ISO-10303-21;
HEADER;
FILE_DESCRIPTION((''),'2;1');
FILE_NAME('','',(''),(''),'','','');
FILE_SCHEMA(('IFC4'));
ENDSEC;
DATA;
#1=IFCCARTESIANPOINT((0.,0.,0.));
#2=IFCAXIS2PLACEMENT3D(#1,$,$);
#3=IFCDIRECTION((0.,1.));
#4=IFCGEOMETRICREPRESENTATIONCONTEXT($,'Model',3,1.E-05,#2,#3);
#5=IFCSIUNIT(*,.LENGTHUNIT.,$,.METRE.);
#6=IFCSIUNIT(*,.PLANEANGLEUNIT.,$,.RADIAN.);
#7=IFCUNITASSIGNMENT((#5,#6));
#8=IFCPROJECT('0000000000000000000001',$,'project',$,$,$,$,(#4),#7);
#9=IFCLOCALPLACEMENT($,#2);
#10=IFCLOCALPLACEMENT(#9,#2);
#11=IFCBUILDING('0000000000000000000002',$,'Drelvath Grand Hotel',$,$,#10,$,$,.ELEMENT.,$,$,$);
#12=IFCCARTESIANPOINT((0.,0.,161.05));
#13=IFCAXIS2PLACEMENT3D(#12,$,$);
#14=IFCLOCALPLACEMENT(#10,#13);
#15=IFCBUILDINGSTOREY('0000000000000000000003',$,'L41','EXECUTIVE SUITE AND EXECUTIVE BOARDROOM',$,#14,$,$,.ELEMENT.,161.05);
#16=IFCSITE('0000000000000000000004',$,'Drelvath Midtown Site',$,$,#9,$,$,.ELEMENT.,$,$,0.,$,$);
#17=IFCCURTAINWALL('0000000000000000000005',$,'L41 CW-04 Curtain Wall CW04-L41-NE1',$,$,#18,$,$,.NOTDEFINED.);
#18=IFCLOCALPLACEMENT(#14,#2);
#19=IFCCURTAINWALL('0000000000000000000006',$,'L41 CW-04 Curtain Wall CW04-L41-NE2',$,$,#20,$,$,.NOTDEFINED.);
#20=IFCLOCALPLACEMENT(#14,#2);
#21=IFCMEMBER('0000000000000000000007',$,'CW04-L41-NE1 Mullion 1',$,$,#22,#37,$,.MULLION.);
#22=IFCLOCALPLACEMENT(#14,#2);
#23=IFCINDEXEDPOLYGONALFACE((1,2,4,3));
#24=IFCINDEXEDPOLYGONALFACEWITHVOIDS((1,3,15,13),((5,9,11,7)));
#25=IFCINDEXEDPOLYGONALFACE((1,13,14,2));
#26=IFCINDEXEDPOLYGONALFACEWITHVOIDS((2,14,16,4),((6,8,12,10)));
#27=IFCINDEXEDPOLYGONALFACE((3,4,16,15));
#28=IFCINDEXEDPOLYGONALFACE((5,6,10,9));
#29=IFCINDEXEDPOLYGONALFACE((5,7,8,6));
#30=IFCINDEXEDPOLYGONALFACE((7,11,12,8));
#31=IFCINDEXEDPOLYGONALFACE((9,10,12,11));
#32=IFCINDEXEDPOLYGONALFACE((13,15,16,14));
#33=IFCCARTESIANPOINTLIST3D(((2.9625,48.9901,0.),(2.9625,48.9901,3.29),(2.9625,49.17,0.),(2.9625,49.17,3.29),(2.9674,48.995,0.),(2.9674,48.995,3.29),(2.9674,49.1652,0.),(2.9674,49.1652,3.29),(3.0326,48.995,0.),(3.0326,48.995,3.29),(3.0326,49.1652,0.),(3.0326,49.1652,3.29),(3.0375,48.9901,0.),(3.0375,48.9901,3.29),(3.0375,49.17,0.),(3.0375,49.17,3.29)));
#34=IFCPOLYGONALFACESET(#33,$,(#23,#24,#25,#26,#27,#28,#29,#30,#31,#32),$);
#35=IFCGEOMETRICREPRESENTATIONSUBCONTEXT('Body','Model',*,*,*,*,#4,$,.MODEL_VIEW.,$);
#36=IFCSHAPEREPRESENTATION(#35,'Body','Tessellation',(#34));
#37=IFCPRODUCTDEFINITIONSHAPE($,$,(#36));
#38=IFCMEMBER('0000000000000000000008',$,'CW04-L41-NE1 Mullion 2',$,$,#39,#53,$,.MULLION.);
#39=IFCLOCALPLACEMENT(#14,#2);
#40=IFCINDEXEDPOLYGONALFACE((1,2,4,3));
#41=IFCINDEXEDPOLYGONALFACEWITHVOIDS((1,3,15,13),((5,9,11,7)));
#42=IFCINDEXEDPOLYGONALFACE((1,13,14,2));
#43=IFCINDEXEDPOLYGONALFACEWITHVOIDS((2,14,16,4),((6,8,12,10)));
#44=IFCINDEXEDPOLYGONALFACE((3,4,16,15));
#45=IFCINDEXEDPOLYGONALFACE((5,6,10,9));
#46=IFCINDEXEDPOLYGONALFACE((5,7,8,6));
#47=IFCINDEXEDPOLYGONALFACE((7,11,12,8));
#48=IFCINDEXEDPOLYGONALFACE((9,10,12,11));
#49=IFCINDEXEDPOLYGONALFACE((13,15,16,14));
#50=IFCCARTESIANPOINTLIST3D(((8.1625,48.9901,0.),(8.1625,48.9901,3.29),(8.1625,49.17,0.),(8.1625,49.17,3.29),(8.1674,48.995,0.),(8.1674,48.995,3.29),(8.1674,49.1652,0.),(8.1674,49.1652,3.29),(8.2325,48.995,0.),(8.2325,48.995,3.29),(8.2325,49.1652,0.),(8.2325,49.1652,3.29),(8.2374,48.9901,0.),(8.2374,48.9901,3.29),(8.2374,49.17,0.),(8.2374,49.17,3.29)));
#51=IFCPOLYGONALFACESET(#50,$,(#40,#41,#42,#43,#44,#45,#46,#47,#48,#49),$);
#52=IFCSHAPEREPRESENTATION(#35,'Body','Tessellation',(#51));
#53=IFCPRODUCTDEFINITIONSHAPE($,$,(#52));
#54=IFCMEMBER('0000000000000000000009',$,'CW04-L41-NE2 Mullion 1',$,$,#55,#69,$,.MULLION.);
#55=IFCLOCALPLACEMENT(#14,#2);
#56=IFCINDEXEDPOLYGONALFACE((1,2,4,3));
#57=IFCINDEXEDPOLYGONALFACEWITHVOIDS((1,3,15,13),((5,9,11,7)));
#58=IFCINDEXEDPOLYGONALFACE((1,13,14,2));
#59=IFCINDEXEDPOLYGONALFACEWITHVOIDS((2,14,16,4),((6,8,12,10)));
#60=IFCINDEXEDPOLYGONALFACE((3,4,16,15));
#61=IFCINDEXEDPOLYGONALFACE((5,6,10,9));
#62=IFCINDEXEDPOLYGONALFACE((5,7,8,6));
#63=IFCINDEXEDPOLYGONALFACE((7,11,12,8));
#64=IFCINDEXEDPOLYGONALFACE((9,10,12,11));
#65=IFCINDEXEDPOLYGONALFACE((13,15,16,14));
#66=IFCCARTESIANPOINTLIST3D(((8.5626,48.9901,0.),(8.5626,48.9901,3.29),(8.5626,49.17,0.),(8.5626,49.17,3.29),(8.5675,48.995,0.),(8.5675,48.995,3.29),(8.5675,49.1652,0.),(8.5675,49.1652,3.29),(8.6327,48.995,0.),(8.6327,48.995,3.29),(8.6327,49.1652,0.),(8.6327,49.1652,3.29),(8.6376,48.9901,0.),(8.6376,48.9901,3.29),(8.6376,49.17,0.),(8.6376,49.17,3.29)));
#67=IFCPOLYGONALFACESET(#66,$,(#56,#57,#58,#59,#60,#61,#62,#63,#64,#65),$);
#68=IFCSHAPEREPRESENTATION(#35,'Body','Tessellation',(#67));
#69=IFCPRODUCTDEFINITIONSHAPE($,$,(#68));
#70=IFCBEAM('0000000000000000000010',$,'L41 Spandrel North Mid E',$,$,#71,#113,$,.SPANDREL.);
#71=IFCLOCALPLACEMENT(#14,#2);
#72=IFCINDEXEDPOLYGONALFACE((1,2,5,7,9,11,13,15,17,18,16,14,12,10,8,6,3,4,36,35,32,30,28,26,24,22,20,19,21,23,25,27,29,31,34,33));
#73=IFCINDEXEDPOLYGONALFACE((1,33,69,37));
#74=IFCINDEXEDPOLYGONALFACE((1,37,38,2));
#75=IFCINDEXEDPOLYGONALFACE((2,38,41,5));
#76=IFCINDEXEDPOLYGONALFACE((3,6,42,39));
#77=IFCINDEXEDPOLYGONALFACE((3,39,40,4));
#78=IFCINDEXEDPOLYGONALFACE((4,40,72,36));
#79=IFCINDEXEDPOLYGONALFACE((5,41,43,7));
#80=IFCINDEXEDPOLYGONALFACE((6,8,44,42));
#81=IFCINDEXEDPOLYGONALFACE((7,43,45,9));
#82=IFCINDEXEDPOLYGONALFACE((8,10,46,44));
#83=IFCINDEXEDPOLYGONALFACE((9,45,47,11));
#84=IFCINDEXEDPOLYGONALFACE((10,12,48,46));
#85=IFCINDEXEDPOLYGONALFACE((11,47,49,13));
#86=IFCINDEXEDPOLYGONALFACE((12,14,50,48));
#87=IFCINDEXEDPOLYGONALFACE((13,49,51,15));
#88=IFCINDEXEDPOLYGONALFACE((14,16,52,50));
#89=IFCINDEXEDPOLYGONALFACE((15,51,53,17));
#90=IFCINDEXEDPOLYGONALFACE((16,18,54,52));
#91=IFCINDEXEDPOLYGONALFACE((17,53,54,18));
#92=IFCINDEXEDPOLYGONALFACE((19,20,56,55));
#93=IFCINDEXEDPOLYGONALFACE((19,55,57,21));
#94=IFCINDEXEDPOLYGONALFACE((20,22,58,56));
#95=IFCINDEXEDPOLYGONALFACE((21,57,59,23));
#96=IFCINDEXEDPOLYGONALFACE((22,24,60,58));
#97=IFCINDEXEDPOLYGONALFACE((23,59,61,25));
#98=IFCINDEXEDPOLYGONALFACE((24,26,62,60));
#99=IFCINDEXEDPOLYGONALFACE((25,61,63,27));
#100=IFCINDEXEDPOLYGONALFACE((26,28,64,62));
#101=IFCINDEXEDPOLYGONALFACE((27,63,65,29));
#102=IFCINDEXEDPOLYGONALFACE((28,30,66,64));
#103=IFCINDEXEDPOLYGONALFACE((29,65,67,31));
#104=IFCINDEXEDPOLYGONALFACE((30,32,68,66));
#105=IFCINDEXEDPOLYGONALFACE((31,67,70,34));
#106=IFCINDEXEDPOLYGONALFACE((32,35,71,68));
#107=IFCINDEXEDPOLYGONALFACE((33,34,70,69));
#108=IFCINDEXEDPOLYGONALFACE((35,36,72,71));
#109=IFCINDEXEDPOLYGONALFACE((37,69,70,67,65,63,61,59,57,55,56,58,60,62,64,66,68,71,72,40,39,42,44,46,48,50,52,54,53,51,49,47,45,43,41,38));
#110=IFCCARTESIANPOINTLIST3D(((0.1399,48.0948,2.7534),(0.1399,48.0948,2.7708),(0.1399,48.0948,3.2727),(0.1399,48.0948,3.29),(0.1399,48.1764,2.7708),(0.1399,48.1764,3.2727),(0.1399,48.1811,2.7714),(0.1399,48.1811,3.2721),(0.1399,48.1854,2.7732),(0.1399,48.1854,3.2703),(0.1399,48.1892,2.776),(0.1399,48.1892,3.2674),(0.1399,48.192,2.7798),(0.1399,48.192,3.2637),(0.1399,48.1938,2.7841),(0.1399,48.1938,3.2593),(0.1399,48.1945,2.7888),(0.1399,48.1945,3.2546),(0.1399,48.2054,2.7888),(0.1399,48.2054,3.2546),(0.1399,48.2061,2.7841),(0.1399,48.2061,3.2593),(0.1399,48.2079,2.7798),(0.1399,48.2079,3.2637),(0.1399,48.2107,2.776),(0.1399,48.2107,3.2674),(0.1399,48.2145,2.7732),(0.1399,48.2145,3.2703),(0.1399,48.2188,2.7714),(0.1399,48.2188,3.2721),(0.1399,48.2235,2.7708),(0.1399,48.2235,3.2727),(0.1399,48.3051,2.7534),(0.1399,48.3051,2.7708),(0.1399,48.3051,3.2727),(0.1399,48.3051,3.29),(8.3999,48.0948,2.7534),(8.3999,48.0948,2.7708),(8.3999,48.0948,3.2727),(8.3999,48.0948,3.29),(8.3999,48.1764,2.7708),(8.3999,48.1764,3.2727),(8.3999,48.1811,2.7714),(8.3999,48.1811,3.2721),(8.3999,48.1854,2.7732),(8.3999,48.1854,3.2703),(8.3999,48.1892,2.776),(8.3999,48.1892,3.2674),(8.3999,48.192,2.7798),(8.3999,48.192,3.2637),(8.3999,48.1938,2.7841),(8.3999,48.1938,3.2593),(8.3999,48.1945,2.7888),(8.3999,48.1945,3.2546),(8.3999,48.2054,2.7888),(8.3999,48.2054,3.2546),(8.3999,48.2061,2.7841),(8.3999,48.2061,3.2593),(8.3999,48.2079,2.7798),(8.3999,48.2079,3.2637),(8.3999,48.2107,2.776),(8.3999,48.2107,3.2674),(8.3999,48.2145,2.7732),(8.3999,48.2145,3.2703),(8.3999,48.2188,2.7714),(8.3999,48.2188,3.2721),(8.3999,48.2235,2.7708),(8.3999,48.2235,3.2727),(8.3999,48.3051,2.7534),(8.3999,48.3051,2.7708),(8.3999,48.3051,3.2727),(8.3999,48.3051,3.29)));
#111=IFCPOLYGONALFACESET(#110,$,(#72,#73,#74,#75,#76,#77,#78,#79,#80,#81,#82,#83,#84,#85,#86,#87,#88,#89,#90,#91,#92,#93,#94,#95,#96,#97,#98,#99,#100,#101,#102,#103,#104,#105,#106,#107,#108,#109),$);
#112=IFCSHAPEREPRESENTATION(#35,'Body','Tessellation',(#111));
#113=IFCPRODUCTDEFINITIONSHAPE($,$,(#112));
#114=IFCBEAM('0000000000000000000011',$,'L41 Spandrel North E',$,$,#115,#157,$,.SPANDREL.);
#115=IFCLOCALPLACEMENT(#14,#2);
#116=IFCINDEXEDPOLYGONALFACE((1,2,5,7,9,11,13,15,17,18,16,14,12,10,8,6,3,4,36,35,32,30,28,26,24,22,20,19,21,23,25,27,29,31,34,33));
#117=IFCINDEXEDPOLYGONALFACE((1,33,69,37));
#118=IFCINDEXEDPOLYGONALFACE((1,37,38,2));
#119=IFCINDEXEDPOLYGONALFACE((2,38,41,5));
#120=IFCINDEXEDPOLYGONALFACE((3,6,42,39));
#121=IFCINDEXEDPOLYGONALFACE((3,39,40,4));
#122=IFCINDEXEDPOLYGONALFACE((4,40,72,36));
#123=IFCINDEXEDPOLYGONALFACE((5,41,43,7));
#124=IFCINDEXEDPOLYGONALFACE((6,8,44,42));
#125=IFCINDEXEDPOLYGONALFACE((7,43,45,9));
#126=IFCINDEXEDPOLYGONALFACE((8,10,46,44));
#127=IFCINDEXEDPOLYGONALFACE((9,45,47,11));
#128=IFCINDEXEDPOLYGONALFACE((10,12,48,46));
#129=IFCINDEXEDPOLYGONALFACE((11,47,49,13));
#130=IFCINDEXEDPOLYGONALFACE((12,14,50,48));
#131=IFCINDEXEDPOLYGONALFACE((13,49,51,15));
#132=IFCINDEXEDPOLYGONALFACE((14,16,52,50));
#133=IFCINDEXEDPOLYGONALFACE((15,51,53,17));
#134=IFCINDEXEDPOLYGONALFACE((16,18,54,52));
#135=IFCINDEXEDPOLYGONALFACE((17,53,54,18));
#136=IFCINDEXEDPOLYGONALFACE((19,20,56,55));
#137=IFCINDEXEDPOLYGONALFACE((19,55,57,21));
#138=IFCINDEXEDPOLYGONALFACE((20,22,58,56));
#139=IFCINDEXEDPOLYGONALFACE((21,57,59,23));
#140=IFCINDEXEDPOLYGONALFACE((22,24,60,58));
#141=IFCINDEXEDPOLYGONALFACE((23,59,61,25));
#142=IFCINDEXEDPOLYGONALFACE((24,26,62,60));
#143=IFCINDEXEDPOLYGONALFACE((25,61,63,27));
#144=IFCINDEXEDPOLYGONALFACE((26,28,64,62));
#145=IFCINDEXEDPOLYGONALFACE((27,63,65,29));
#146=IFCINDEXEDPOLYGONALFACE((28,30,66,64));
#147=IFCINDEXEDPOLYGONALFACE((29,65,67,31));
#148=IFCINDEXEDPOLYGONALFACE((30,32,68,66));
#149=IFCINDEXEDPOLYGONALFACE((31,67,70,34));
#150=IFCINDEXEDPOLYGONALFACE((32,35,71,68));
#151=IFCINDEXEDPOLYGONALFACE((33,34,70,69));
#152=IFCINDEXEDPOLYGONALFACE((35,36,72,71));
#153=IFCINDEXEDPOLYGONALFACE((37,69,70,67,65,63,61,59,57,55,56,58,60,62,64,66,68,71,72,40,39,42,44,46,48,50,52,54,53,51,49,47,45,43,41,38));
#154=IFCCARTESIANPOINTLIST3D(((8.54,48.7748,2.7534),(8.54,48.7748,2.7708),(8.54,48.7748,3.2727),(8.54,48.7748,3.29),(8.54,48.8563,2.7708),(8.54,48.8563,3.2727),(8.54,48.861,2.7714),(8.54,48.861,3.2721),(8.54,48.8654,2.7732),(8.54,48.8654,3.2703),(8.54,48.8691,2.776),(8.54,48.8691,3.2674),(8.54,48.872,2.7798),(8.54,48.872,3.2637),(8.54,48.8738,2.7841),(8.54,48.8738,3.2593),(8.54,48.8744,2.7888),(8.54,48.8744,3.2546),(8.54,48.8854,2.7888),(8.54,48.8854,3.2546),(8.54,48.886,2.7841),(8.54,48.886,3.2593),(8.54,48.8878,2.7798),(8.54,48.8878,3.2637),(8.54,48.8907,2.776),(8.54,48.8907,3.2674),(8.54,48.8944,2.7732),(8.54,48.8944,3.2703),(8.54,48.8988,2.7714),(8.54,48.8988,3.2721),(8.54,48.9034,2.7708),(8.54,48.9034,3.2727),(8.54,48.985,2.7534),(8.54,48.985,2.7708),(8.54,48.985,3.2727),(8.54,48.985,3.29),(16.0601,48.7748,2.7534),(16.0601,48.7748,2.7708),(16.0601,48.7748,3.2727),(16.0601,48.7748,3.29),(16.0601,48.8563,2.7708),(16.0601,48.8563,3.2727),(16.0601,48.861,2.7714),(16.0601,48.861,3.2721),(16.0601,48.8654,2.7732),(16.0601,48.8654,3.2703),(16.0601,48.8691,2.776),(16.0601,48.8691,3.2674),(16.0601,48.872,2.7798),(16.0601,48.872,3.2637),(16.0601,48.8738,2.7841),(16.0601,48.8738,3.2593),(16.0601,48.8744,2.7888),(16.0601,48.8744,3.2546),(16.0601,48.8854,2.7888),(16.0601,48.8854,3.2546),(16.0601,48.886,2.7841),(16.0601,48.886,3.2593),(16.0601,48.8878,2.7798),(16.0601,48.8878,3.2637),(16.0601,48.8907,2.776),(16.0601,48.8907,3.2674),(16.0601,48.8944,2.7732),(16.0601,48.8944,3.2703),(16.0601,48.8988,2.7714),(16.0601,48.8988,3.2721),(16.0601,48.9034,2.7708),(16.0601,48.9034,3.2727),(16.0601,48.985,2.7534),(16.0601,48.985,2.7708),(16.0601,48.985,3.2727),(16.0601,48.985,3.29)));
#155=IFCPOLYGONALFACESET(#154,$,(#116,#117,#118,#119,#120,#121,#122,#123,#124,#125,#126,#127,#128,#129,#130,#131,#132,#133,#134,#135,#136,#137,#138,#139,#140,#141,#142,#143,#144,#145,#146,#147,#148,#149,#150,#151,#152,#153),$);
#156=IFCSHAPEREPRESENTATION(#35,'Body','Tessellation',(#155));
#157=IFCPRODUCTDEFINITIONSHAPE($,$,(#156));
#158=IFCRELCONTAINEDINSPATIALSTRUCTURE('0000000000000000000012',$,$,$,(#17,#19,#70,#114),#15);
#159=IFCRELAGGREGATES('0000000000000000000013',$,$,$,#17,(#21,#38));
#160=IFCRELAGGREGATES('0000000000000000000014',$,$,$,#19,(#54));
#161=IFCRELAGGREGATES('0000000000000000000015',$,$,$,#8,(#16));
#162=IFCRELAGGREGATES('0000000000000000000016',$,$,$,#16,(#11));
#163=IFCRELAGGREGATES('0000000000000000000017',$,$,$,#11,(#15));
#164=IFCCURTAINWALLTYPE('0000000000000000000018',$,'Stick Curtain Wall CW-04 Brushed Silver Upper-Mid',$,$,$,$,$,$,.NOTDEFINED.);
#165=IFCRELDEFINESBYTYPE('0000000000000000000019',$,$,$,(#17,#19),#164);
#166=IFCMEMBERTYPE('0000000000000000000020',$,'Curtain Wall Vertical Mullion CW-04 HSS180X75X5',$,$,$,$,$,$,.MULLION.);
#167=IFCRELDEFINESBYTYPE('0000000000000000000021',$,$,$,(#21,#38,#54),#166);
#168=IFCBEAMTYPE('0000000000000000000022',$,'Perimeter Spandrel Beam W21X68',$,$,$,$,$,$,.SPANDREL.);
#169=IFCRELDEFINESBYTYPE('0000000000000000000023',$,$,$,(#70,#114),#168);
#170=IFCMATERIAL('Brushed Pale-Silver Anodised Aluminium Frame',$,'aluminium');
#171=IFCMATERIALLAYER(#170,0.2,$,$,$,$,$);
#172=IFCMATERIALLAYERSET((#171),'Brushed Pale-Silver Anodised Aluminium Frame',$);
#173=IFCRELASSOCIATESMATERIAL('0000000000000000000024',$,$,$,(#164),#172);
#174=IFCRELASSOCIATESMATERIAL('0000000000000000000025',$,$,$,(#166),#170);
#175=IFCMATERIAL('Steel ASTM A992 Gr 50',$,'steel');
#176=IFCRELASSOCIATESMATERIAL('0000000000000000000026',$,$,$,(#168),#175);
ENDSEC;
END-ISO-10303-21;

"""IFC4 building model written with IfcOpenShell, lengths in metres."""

from ifc_helpers import new_model, si_unit, direction, frame, origin, origin_2d, place, context, subcontext, project, spatial, hollow_rectangle, i_section, extrude, material, layer, layer_set, material_profile, profile_set, type_object, element, aggregate, save


model = new_model("IFC4")

# Units and contexts
model_context = context("Model", 3, precision=1e-05, world=origin(), true_north=direction((0.0, 1.0)))
body_context = subcontext(model_context, "Body", "Model", "MODEL_VIEW")
ifc_project = project(units=[si_unit("LENGTHUNIT", "METRE"), si_unit("PLANEANGLEUNIT", "RADIAN")], contexts=[model_context])

# Site, building, storey
site_placement = place(None, origin())
site = spatial("IfcSite", under=ifc_project, at=site_placement, Name="Drelvath Midtown Site", CompositionType="ELEMENT", RefElevation=0.0)
building_placement = place(site_placement, origin())
building = spatial("IfcBuilding", under=site, at=building_placement, Name="Drelvath Grand Hotel", CompositionType="ELEMENT")
storey_placement = place(building_placement, frame((0.0, 0.0, 161.05)))
storey = spatial("IfcBuildingStorey", under=building, at=storey_placement, Name="L41", Description="EXECUTIVE SUITE AND EXECUTIVE BOARDROOM", CompositionType="ELEMENT", Elevation=161.05)

# Curtain walls
ifc_material_1 = material(Name="Brushed Pale-Silver Anodised Aluminium Frame", Category="aluminium")
ifc_layer_1 = layer(ifc_material_1, 0.2)
ifc_layer_set_1 = layer_set([ifc_layer_1], Name="Brushed Pale-Silver Anodised Aluminium Frame")
curtain_wall_type = type_object("IfcCurtainWallType", Name="Stick Curtain Wall CW-04 Brushed Silver Upper-Mid", PredefinedType="NOTDEFINED", material=ifc_layer_set_1)
curtain_wall_1_placement = place(storey_placement, origin())
curtain_wall_1 = element("IfcCurtainWall", 1, at=curtain_wall_1_placement, inside=storey, type_object=curtain_wall_type, Name="L41 CW-04 Curtain Wall CW04-L41-NE1", PredefinedType="NOTDEFINED")
curtain_wall_2_placement = place(storey_placement, origin())
curtain_wall_2 = element("IfcCurtainWall", 2, at=curtain_wall_2_placement, inside=storey, type_object=curtain_wall_type, Name="L41 CW-04 Curtain Wall CW04-L41-NE2", PredefinedType="NOTDEFINED")

# Members
ifc_material_profile_1 = material_profile(ifc_material_1, hollow_rectangle(XDim=0.075, YDim=0.1799, WallThickness=0.0049, at=origin_2d()), Name="HSS180X75X5")
ifc_profile_set_1 = profile_set([ifc_material_profile_1], Name="Brushed Pale-Silver Anodised Aluminium Frame")
member_type_1 = type_object("IfcMemberType", Name="Curtain Wall Vertical Mullion CW-04 HSS180X75X5", PredefinedType="MULLION", material=ifc_profile_set_1)
member_1_placement = place(storey_placement, frame((3.0, 49.0801, 0.0), z_axis=(0.0, 0.0, 1.0), x_axis=(1.0, 0.0, 0.0)))
member_1 = element("IfcMember", 3, at=member_1_placement, type_object=member_type_1, Name="CW04-L41-NE1 Mullion 1", PredefinedType="MULLION", context=body_context, shape_type="SweptSolid", body=[
    extrude(hollow_rectangle(XDim=0.075, YDim=0.1799, WallThickness=0.0049, at=origin_2d()), origin(), (0.0, 0.0, 1.0), 3.29),
])
member_2_placement = place(storey_placement, frame((8.2, 49.0801, 0.0), z_axis=(0.0, 0.0, 1.0), x_axis=(1.0, 0.0, 0.0)))
member_2 = element("IfcMember", 4, at=member_2_placement, type_object=member_type_1, Name="CW04-L41-NE1 Mullion 2", PredefinedType="MULLION", context=body_context, shape_type="SweptSolid", body=[
    extrude(hollow_rectangle(XDim=0.075, YDim=0.1799, WallThickness=0.0049, at=origin_2d()), origin(), (0.0, 0.0, 1.0), 3.29),
])
member_3_placement = place(storey_placement, frame((8.6001, 49.0801, 0.0), z_axis=(0.0, 0.0, 1.0), x_axis=(1.0, 0.0, 0.0)))
member_3 = element("IfcMember", 5, at=member_3_placement, type_object=member_type_1, Name="CW04-L41-NE2 Mullion 1", PredefinedType="MULLION", context=body_context, shape_type="SweptSolid", body=[
    extrude(hollow_rectangle(XDim=0.075, YDim=0.1799, WallThickness=0.0049, at=origin_2d()), origin(), (0.0, 0.0, 1.0), 3.29),
])

# Beams
ifc_material_2 = material(Name="Steel ASTM A992 Gr 50", Category="steel")
ifc_material_profile_2 = material_profile(ifc_material_2, i_section(OverallWidth=0.2102, OverallDepth=0.5366, WebThickness=0.011, FlangeThickness=0.0173, FilletRadius=0.0181, at=origin_2d()), Name="W21X68")
ifc_profile_set_2 = profile_set([ifc_material_profile_2], Name="Steel ASTM A992 Gr 50")
beam_type_1 = type_object("IfcBeamType", Name="Perimeter Spandrel Beam W21X68", PredefinedType="SPANDREL", material=ifc_profile_set_2)
beam_1_placement = place(storey_placement, frame((0.1399, 48.2, 3.0217), z_axis=(1.0, 0.0, 0.0), x_axis=(0.0, 1.0, 0.0)))
element("IfcBeam", 6, at=beam_1_placement, inside=storey, type_object=beam_type_1, Name="L41 Spandrel North Mid E", PredefinedType="SPANDREL", context=body_context, shape_type="SweptSolid", body=[
    extrude(i_section(OverallWidth=0.2102, OverallDepth=0.5366, WebThickness=0.011, FlangeThickness=0.0173, FilletRadius=0.0181, at=origin_2d()), origin(), (0.0, 0.0, 1.0), 8.26),
])
beam_2_placement = place(storey_placement, frame((8.54, 48.8799, 3.0217), z_axis=(1.0, 0.0, 0.0), x_axis=(0.0, 1.0, 0.0)))
element("IfcBeam", 7, at=beam_2_placement, inside=storey, type_object=beam_type_1, Name="L41 Spandrel North E", PredefinedType="SPANDREL", context=body_context, shape_type="SweptSolid", body=[
    extrude(i_section(OverallWidth=0.2102, OverallDepth=0.5366, WebThickness=0.011, FlangeThickness=0.0173, FilletRadius=0.0181, at=origin_2d()), origin(), (0.0, 0.0, 1.0), 7.52),
])

aggregate(curtain_wall_1, [member_1, member_2])
aggregate(curtain_wall_2, [member_3])

save(model, "model.ifc")
